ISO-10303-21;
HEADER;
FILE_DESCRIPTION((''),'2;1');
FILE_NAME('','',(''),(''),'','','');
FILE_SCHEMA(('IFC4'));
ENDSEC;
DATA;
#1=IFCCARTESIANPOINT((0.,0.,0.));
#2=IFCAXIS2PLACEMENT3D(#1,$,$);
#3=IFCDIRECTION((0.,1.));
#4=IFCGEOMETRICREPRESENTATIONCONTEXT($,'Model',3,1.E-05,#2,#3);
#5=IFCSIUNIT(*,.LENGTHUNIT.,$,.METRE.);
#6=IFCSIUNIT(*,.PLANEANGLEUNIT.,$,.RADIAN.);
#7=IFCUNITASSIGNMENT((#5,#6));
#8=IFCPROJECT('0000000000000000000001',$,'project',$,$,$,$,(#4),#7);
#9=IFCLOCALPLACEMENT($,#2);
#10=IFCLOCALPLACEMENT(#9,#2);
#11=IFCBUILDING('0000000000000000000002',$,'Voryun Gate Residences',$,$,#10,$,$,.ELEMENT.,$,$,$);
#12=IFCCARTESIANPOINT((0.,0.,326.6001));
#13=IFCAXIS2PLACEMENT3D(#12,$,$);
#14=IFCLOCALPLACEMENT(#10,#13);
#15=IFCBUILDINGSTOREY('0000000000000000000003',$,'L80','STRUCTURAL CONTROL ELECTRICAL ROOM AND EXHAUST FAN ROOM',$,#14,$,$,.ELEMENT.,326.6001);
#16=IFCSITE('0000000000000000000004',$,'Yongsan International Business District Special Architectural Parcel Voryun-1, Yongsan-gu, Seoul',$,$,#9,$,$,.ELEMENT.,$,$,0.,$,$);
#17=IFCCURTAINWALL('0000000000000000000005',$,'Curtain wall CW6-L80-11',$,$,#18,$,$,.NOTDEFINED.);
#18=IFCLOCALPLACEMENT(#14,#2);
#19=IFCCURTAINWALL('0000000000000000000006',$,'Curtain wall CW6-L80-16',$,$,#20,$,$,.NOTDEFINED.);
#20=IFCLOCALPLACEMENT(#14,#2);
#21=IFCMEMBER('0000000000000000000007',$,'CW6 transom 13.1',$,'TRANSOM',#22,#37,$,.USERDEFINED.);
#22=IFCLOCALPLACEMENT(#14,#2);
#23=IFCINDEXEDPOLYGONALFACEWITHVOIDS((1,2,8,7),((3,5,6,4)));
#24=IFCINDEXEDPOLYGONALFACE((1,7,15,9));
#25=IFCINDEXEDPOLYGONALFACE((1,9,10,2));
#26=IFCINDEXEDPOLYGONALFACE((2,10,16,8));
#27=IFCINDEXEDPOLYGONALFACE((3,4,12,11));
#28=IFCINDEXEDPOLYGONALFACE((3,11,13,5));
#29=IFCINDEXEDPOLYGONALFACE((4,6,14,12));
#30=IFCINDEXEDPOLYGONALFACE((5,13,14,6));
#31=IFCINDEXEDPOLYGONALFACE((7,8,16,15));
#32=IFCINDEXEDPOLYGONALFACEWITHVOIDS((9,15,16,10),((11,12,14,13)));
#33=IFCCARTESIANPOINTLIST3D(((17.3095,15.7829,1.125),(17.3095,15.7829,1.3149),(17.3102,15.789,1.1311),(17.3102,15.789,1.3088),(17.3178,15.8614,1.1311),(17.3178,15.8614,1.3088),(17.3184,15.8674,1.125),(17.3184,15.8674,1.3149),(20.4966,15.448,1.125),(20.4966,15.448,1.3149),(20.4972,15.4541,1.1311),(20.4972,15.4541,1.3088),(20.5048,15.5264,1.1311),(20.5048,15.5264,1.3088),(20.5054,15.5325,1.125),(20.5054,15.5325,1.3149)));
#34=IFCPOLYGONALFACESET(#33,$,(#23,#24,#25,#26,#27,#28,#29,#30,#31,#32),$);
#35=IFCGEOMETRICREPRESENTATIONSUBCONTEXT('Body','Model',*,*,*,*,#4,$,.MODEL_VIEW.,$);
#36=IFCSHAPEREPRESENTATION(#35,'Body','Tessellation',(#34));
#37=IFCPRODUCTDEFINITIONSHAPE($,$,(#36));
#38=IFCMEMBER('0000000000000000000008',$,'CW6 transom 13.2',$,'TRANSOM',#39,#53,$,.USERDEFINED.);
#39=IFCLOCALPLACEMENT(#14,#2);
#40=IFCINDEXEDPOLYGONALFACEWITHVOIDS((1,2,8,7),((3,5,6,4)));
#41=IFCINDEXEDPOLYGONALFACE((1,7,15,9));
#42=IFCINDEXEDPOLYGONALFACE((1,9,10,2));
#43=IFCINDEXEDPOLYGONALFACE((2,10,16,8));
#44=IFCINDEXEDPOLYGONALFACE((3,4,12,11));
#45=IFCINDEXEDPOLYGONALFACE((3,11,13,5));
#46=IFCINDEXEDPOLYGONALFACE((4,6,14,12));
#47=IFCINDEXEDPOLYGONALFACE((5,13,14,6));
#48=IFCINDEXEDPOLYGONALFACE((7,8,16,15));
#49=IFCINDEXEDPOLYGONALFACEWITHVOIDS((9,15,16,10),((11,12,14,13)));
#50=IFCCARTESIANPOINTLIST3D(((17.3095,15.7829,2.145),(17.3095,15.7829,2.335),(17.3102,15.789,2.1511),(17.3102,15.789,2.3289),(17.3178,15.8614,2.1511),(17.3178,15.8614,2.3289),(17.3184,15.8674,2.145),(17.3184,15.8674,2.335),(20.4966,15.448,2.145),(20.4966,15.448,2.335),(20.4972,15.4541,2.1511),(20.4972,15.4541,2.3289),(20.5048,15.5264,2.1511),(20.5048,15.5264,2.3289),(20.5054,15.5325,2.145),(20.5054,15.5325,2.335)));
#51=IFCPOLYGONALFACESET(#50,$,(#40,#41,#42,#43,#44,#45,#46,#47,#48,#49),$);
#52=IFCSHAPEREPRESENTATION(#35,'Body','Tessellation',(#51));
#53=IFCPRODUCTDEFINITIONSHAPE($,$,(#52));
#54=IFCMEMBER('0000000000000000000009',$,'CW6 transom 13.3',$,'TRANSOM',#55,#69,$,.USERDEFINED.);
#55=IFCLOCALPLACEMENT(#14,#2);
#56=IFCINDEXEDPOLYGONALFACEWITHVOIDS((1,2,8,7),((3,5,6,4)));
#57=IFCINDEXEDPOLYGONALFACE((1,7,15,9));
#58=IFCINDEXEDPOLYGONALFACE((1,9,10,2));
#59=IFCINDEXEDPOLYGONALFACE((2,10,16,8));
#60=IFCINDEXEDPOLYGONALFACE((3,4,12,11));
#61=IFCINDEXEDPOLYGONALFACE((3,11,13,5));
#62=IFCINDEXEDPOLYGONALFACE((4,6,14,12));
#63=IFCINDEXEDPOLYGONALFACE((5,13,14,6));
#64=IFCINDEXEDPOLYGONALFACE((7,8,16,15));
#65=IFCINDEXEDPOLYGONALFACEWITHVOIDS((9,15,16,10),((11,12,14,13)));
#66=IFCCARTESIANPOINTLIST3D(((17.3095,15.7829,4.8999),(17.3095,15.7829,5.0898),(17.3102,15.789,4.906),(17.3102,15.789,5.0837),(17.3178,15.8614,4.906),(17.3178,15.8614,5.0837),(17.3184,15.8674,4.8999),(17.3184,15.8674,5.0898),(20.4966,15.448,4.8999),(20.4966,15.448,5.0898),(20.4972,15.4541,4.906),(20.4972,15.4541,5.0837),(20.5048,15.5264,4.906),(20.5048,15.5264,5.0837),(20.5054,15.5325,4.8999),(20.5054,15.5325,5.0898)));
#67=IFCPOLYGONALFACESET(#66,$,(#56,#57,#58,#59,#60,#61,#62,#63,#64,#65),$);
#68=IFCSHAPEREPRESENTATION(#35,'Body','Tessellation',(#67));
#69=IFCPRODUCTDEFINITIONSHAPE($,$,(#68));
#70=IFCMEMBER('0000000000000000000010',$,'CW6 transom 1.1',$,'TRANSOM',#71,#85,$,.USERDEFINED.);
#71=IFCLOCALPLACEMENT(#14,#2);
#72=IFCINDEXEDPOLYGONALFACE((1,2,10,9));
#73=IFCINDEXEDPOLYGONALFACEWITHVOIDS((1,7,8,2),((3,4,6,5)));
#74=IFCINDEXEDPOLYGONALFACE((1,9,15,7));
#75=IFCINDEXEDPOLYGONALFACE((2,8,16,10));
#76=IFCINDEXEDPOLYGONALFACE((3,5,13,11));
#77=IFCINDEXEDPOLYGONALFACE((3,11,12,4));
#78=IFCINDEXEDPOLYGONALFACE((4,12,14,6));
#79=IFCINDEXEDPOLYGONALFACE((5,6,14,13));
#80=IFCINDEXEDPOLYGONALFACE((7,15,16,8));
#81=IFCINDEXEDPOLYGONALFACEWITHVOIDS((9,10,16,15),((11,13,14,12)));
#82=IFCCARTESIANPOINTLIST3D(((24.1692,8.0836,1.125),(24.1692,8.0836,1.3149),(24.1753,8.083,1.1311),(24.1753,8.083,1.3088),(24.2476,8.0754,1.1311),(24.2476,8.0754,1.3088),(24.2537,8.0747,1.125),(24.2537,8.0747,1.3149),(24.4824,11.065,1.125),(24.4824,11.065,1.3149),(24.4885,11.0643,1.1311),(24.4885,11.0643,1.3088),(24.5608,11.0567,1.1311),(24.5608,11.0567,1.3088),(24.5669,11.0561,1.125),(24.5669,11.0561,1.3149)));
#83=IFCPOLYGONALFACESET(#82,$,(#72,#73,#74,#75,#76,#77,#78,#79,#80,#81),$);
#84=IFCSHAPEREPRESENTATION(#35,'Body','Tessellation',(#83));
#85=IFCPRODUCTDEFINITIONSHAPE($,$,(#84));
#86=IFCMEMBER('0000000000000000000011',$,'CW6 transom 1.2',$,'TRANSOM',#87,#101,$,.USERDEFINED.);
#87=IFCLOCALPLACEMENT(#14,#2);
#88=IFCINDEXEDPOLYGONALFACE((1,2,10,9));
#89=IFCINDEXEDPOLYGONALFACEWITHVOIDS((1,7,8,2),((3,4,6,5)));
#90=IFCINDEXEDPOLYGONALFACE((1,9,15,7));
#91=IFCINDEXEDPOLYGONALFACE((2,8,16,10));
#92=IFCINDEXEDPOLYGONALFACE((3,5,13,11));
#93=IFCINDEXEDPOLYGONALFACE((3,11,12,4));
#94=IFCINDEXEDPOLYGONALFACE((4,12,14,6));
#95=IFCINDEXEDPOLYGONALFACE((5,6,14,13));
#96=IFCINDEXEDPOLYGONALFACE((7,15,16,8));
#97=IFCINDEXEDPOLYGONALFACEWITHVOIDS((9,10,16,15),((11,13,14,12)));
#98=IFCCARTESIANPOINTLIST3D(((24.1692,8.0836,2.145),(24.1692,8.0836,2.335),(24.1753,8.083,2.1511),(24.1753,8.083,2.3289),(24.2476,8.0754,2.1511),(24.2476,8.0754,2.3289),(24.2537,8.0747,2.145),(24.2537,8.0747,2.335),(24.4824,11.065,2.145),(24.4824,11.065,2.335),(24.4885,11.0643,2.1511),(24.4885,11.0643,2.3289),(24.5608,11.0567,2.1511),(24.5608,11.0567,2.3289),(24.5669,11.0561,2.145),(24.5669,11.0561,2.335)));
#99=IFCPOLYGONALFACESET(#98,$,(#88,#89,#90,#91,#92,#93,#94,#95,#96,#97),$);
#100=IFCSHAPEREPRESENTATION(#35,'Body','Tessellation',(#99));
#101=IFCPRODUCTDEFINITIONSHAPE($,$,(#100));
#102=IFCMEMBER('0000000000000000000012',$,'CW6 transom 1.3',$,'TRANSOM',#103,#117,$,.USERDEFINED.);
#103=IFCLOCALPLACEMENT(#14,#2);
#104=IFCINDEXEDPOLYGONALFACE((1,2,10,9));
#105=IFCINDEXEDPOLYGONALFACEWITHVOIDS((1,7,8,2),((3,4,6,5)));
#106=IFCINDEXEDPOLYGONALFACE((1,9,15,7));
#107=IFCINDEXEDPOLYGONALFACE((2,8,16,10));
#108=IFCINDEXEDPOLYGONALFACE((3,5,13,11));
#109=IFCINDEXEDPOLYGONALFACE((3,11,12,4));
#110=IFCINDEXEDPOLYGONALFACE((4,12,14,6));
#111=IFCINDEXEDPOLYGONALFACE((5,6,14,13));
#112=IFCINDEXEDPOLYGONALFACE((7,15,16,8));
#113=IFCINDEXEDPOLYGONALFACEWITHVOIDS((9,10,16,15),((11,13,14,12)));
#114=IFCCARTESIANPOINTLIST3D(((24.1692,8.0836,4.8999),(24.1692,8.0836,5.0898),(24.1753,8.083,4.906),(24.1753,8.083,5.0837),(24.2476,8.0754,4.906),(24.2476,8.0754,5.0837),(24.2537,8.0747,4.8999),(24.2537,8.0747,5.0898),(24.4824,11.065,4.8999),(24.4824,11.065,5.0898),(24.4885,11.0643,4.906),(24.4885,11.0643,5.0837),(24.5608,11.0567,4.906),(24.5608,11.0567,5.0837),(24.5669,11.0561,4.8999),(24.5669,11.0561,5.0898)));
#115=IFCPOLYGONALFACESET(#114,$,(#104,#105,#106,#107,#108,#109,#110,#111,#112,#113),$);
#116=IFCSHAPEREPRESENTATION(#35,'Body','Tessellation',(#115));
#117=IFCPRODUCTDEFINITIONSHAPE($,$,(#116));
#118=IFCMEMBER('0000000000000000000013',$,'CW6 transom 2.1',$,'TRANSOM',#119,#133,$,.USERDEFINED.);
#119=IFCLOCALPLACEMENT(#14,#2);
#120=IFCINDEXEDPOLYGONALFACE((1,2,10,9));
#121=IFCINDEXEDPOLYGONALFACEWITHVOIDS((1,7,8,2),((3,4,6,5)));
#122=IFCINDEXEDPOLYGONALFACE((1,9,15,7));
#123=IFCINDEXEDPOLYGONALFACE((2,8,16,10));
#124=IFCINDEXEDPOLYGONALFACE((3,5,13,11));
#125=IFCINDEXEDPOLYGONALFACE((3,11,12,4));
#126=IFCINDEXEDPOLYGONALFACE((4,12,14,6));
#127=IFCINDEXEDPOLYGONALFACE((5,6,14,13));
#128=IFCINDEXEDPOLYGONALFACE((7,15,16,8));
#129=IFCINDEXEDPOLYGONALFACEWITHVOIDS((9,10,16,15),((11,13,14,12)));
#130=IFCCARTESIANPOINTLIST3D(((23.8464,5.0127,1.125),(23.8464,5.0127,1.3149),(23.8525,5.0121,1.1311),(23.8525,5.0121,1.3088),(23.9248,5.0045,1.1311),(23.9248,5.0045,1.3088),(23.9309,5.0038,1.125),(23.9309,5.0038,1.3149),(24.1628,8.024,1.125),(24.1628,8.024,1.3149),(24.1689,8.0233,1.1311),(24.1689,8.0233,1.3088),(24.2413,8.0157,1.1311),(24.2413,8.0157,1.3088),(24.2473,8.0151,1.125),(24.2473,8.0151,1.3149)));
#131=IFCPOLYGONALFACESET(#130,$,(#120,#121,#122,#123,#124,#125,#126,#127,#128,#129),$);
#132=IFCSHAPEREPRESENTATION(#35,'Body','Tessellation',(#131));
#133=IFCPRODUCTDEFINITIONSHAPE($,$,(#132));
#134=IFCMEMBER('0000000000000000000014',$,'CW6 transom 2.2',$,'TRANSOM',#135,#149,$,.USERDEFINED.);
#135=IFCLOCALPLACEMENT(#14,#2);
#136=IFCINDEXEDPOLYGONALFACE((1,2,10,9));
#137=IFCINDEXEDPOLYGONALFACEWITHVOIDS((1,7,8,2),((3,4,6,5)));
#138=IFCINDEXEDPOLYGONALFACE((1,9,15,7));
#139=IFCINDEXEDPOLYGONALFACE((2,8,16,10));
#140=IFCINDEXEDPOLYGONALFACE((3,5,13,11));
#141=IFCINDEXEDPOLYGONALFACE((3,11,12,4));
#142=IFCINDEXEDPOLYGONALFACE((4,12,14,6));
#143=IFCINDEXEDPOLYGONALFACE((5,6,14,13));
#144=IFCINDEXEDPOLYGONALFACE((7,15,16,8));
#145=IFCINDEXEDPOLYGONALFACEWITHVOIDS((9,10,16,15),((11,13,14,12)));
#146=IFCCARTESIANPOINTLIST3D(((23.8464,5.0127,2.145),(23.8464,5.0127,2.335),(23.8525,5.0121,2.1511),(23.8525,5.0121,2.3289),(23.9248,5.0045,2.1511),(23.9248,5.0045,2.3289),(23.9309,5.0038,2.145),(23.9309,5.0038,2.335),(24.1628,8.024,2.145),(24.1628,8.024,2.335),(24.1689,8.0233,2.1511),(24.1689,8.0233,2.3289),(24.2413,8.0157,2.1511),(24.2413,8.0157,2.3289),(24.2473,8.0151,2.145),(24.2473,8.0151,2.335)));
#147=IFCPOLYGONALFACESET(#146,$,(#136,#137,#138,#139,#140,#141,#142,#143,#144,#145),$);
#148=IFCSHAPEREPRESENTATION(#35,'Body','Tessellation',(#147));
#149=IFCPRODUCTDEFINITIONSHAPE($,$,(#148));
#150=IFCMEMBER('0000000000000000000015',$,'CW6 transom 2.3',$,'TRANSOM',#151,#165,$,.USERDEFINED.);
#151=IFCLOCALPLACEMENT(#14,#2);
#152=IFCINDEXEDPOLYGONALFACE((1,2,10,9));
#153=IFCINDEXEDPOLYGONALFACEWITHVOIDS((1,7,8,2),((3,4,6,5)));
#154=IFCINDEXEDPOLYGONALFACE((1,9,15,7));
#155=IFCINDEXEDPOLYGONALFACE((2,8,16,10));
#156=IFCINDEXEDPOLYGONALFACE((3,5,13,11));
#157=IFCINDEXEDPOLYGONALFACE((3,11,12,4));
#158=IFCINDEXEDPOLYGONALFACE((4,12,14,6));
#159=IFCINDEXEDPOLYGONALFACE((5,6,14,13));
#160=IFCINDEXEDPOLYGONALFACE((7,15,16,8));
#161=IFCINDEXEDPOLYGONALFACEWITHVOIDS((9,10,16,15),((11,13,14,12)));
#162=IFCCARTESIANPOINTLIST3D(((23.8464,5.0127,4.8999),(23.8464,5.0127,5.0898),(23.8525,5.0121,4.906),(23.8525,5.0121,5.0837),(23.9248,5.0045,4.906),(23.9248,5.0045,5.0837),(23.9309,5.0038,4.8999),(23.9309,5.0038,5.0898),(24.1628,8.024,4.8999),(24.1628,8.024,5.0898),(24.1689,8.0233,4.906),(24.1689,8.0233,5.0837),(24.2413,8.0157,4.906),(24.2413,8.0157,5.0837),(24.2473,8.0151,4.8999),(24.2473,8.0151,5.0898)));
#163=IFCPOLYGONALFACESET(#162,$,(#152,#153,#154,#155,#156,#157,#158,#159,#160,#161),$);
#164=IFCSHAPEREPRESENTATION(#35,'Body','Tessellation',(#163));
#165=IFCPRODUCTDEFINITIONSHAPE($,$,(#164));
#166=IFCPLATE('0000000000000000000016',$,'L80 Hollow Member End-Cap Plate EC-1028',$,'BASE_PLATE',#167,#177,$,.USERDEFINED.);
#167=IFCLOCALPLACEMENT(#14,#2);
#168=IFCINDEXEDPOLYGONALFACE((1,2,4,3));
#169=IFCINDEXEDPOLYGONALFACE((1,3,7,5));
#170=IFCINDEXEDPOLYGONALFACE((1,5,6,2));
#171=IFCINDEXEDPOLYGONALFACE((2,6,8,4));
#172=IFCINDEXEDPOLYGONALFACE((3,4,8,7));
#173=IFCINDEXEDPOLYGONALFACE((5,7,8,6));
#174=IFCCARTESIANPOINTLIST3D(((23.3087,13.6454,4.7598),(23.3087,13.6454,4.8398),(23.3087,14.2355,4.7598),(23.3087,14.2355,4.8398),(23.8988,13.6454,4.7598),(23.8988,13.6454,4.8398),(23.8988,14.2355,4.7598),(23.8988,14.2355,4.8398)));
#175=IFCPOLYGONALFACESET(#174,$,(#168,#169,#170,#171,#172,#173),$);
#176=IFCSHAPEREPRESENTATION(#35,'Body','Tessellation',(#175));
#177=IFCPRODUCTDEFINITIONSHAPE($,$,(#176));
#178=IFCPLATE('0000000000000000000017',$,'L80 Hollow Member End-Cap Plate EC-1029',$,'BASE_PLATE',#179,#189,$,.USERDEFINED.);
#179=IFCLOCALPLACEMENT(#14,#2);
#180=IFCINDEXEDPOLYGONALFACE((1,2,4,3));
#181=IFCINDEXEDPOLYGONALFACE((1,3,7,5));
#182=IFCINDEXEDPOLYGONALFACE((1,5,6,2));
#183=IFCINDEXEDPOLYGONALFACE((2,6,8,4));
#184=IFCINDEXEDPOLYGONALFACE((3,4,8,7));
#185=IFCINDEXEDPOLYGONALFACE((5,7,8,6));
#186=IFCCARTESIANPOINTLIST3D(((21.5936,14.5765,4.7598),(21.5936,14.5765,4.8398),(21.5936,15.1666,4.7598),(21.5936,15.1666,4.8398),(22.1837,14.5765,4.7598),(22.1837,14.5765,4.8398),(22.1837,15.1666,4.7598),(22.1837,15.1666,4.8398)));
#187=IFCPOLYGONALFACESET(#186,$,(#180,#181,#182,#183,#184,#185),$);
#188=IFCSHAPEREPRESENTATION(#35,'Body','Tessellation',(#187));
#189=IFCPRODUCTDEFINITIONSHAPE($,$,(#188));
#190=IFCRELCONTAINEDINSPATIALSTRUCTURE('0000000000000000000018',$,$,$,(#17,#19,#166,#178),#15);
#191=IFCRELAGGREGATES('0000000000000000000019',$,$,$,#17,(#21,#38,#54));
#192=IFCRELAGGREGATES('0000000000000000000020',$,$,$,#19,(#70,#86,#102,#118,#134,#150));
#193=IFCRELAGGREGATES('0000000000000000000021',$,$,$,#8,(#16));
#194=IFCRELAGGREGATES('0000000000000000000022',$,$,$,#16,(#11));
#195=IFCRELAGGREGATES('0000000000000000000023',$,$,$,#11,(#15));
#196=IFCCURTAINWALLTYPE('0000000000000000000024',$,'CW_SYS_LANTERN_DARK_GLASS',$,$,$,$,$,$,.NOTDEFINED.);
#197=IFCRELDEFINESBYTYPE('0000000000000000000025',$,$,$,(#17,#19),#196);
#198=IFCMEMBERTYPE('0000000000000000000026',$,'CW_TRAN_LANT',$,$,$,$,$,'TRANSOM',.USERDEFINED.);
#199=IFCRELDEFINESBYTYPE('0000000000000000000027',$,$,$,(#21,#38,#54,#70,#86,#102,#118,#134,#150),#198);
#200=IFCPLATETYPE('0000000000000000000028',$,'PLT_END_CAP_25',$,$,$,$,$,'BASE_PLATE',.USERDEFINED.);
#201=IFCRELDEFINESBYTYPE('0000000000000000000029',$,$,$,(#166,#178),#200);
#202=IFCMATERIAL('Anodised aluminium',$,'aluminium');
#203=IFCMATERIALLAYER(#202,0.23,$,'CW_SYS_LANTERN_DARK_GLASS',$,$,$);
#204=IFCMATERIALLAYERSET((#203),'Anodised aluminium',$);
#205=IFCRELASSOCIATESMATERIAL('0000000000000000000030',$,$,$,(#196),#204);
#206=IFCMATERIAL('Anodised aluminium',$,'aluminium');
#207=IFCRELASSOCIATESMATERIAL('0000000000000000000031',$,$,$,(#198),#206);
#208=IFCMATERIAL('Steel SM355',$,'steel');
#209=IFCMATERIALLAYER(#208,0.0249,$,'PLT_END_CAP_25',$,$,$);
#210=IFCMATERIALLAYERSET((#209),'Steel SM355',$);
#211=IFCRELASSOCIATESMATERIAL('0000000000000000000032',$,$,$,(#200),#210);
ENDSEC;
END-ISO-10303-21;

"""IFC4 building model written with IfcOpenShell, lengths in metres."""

from ifc_helpers import new_model, si_unit, direction, frame, origin, origin_2d, place, context, subcontext, project, spatial, rectangle, hollow_rectangle, extrude, material, layer, layer_set, material_profile, profile_set, type_object, element, aggregate, save


model = new_model("IFC4")

# Units and contexts
model_context = context("Model", 3, precision=1e-05, world=origin(), true_north=direction((0.0, 1.0)))
body_context = subcontext(model_context, "Body", "Model", "MODEL_VIEW")
ifc_project = project(units=[si_unit("LENGTHUNIT", "METRE"), si_unit("PLANEANGLEUNIT", "RADIAN")], contexts=[model_context])

# Site, building, storey
site_placement = place(None, origin())
site = spatial("IfcSite", under=ifc_project, at=site_placement, Name="Yongsan International Business District Special Architectural Parcel Voryun-1, Yongsan-gu, Seoul", CompositionType="ELEMENT", RefElevation=0.0)
building_placement = place(site_placement, origin())
building = spatial("IfcBuilding", under=site, at=building_placement, Name="Voryun Gate Residences", CompositionType="ELEMENT")
storey_placement = place(building_placement, frame((0.0, 0.0, 326.6001)))
storey = spatial("IfcBuildingStorey", under=building, at=storey_placement, Name="L80", Description="STRUCTURAL CONTROL ELECTRICAL ROOM AND EXHAUST FAN ROOM", CompositionType="ELEMENT", Elevation=326.6001)

# Curtain walls
ifc_material_1 = material(Name="Anodised aluminium", Category="aluminium")
ifc_layer_1 = layer(ifc_material_1, 0.23, Name="CW_SYS_LANTERN_DARK_GLASS")
ifc_layer_set_1 = layer_set([ifc_layer_1], Name="Anodised aluminium")
curtain_wall_type = type_object("IfcCurtainWallType", Name="CW_SYS_LANTERN_DARK_GLASS", PredefinedType="NOTDEFINED", material=ifc_layer_set_1)
curtain_wall_1_placement = place(storey_placement, origin())
curtain_wall_1 = element("IfcCurtainWall", 1, at=curtain_wall_1_placement, inside=storey, type_object=curtain_wall_type, Name="Curtain wall CW6-L80-11", PredefinedType="NOTDEFINED")
curtain_wall_2_placement = place(storey_placement, origin())
curtain_wall_2 = element("IfcCurtainWall", 2, at=curtain_wall_2_placement, inside=storey, type_object=curtain_wall_type, Name="Curtain wall CW6-L80-16", PredefinedType="NOTDEFINED")

# Members
ifc_material_2 = material(Name="Anodised aluminium", Category="aluminium")
ifc_material_profile_1 = material_profile(ifc_material_2, hollow_rectangle(XDim=0.085, YDim=0.1899, WallThickness=0.0061, at=origin_2d()), Name="ALU-TRAN-190x85x6")
ifc_profile_set_1 = profile_set([ifc_material_profile_1], Name="Anodised aluminium")
member_type_1 = type_object("IfcMemberType", Name="CW_TRAN_LANT", ElementType="TRANSOM", PredefinedType="USERDEFINED", material=ifc_profile_set_1)
member_1_placement = place(storey_placement, frame((17.314, 15.8252, 1.22), z_axis=(0.994522, -0.104526, 0.0), x_axis=(0.104526, 0.994522, 0.0)))
member_1 = element("IfcMember", 3, at=member_1_placement, type_object=member_type_1, Name="CW6 transom 13.1", ObjectType="TRANSOM", PredefinedType="USERDEFINED", context=body_context, shape_type="SweptSolid", body=[
    extrude(hollow_rectangle(XDim=0.085, YDim=0.1899, WallThickness=0.0061, at=origin_2d()), origin(), (0.0, 0.0, 1.0), 3.2046),
])
member_2_placement = place(storey_placement, frame((17.314, 15.8252, 2.24), z_axis=(0.994522, -0.104526, 0.0), x_axis=(0.104526, 0.994522, 0.0)))
member_2 = element("IfcMember", 4, at=member_2_placement, type_object=member_type_1, Name="CW6 transom 13.2", ObjectType="TRANSOM", PredefinedType="USERDEFINED", context=body_context, shape_type="SweptSolid", body=[
    extrude(hollow_rectangle(XDim=0.085, YDim=0.1899, WallThickness=0.0061, at=origin_2d()), origin(), (0.0, 0.0, 1.0), 3.2046),
])
member_3_placement = place(storey_placement, frame((17.314, 15.8252, 4.9949), z_axis=(0.994522, -0.104526, 0.0), x_axis=(0.104526, 0.994522, 0.0)))
member_3 = element("IfcMember", 5, at=member_3_placement, type_object=member_type_1, Name="CW6 transom 13.3", ObjectType="TRANSOM", PredefinedType="USERDEFINED", context=body_context, shape_type="SweptSolid", body=[
    extrude(hollow_rectangle(XDim=0.085, YDim=0.1899, WallThickness=0.0061, at=origin_2d()), origin(), (0.0, 0.0, 1.0), 3.2046),
])
member_4_placement = place(storey_placement, frame((24.5247, 11.0605, 1.22), z_axis=(-0.104486, -0.994526, 0.0), x_axis=(0.994526, -0.104486, 0.0)))
member_4 = element("IfcMember", 6, at=member_4_placement, type_object=member_type_1, Name="CW6 transom 1.1", ObjectType="TRANSOM", PredefinedType="USERDEFINED", context=body_context, shape_type="SweptSolid", body=[
    extrude(hollow_rectangle(XDim=0.085, YDim=0.1899, WallThickness=0.0061, at=origin_2d()), origin(), (0.0, 0.0, 1.0), 2.9978),
])
member_5_placement = place(storey_placement, frame((24.5247, 11.0605, 2.24), z_axis=(-0.104486, -0.994526, 0.0), x_axis=(0.994526, -0.104486, 0.0)))
member_5 = element("IfcMember", 7, at=member_5_placement, type_object=member_type_1, Name="CW6 transom 1.2", ObjectType="TRANSOM", PredefinedType="USERDEFINED", context=body_context, shape_type="SweptSolid", body=[
    extrude(hollow_rectangle(XDim=0.085, YDim=0.1899, WallThickness=0.0061, at=origin_2d()), origin(), (0.0, 0.0, 1.0), 2.9978),
])
member_6_placement = place(storey_placement, frame((24.5247, 11.0605, 4.9949), z_axis=(-0.104486, -0.994526, 0.0), x_axis=(0.994526, -0.104486, 0.0)))
member_6 = element("IfcMember", 8, at=member_6_placement, type_object=member_type_1, Name="CW6 transom 1.3", ObjectType="TRANSOM", PredefinedType="USERDEFINED", context=body_context, shape_type="SweptSolid", body=[
    extrude(hollow_rectangle(XDim=0.085, YDim=0.1899, WallThickness=0.0061, at=origin_2d()), origin(), (0.0, 0.0, 1.0), 2.9978),
])
member_7_placement = place(storey_placement, frame((24.2051, 8.0195, 1.22), z_axis=(-0.1045, -0.994525, 0.0), x_axis=(0.994525, -0.1045, 0.0)))
member_7 = element("IfcMember", 9, at=member_7_placement, type_object=member_type_1, Name="CW6 transom 2.1", ObjectType="TRANSOM", PredefinedType="USERDEFINED", context=body_context, shape_type="SweptSolid", body=[
    extrude(hollow_rectangle(XDim=0.085, YDim=0.1899, WallThickness=0.0061, at=origin_2d()), origin(), (0.0, 0.0, 1.0), 3.0278),
])
member_8_placement = place(storey_placement, frame((24.2051, 8.0195, 2.24), z_axis=(-0.1045, -0.994525, 0.0), x_axis=(0.994525, -0.1045, 0.0)))
member_8 = element("IfcMember", 10, at=member_8_placement, type_object=member_type_1, Name="CW6 transom 2.2", ObjectType="TRANSOM", PredefinedType="USERDEFINED", context=body_context, shape_type="SweptSolid", body=[
    extrude(hollow_rectangle(XDim=0.085, YDim=0.1899, WallThickness=0.0061, at=origin_2d()), origin(), (0.0, 0.0, 1.0), 3.0278),
])
member_9_placement = place(storey_placement, frame((24.2051, 8.0195, 4.9949), z_axis=(-0.1045, -0.994525, 0.0), x_axis=(0.994525, -0.1045, 0.0)))
member_9 = element("IfcMember", 11, at=member_9_placement, type_object=member_type_1, Name="CW6 transom 2.3", ObjectType="TRANSOM", PredefinedType="USERDEFINED", context=body_context, shape_type="SweptSolid", body=[
    extrude(hollow_rectangle(XDim=0.085, YDim=0.1899, WallThickness=0.0061, at=origin_2d()), origin(), (0.0, 0.0, 1.0), 3.0278),
])

# Plates
ifc_material_3 = material(Name="Steel SM355", Category="steel")
ifc_layer_2 = layer(ifc_material_3, 0.0249, Name="PLT_END_CAP_25")
ifc_layer_set_2 = layer_set([ifc_layer_2], Name="Steel SM355")
plate_type_1 = type_object("IfcPlateType", Name="PLT_END_CAP_25", ElementType="BASE_PLATE", PredefinedType="USERDEFINED", material=ifc_layer_set_2)
for number, where, z_axis, x_axis, name in (
    (12, (23.6038, 13.9404, 4.7598), (0.0, 0.0, 1.0), (1.0, 0.0, 0.0), "L80 Hollow Member End-Cap Plate EC-1028"),
    (13, (21.8887, 14.8716, 4.7598), (0.0, 0.0, 1.0), (1.0, 0.0, 0.0), "L80 Hollow Member End-Cap Plate EC-1029"),
):
    element("IfcPlate", number, at=place(storey_placement, frame(where, z_axis=z_axis, x_axis=x_axis)), inside=storey, type_object=plate_type_1, Name=name, ObjectType="BASE_PLATE", PredefinedType="USERDEFINED", context=body_context, shape_type="SweptSolid", body=[
        extrude(rectangle(XDim=0.5901, YDim=0.5901, at=origin_2d()), origin(), (0.0, 0.0, 1.0), 0.0801),
    ])

aggregate(curtain_wall_1, [member_1, member_2, member_3])
aggregate(curtain_wall_2, [member_4, member_5, member_6, member_7, member_8, member_9])

save(model, "model.ifc")
